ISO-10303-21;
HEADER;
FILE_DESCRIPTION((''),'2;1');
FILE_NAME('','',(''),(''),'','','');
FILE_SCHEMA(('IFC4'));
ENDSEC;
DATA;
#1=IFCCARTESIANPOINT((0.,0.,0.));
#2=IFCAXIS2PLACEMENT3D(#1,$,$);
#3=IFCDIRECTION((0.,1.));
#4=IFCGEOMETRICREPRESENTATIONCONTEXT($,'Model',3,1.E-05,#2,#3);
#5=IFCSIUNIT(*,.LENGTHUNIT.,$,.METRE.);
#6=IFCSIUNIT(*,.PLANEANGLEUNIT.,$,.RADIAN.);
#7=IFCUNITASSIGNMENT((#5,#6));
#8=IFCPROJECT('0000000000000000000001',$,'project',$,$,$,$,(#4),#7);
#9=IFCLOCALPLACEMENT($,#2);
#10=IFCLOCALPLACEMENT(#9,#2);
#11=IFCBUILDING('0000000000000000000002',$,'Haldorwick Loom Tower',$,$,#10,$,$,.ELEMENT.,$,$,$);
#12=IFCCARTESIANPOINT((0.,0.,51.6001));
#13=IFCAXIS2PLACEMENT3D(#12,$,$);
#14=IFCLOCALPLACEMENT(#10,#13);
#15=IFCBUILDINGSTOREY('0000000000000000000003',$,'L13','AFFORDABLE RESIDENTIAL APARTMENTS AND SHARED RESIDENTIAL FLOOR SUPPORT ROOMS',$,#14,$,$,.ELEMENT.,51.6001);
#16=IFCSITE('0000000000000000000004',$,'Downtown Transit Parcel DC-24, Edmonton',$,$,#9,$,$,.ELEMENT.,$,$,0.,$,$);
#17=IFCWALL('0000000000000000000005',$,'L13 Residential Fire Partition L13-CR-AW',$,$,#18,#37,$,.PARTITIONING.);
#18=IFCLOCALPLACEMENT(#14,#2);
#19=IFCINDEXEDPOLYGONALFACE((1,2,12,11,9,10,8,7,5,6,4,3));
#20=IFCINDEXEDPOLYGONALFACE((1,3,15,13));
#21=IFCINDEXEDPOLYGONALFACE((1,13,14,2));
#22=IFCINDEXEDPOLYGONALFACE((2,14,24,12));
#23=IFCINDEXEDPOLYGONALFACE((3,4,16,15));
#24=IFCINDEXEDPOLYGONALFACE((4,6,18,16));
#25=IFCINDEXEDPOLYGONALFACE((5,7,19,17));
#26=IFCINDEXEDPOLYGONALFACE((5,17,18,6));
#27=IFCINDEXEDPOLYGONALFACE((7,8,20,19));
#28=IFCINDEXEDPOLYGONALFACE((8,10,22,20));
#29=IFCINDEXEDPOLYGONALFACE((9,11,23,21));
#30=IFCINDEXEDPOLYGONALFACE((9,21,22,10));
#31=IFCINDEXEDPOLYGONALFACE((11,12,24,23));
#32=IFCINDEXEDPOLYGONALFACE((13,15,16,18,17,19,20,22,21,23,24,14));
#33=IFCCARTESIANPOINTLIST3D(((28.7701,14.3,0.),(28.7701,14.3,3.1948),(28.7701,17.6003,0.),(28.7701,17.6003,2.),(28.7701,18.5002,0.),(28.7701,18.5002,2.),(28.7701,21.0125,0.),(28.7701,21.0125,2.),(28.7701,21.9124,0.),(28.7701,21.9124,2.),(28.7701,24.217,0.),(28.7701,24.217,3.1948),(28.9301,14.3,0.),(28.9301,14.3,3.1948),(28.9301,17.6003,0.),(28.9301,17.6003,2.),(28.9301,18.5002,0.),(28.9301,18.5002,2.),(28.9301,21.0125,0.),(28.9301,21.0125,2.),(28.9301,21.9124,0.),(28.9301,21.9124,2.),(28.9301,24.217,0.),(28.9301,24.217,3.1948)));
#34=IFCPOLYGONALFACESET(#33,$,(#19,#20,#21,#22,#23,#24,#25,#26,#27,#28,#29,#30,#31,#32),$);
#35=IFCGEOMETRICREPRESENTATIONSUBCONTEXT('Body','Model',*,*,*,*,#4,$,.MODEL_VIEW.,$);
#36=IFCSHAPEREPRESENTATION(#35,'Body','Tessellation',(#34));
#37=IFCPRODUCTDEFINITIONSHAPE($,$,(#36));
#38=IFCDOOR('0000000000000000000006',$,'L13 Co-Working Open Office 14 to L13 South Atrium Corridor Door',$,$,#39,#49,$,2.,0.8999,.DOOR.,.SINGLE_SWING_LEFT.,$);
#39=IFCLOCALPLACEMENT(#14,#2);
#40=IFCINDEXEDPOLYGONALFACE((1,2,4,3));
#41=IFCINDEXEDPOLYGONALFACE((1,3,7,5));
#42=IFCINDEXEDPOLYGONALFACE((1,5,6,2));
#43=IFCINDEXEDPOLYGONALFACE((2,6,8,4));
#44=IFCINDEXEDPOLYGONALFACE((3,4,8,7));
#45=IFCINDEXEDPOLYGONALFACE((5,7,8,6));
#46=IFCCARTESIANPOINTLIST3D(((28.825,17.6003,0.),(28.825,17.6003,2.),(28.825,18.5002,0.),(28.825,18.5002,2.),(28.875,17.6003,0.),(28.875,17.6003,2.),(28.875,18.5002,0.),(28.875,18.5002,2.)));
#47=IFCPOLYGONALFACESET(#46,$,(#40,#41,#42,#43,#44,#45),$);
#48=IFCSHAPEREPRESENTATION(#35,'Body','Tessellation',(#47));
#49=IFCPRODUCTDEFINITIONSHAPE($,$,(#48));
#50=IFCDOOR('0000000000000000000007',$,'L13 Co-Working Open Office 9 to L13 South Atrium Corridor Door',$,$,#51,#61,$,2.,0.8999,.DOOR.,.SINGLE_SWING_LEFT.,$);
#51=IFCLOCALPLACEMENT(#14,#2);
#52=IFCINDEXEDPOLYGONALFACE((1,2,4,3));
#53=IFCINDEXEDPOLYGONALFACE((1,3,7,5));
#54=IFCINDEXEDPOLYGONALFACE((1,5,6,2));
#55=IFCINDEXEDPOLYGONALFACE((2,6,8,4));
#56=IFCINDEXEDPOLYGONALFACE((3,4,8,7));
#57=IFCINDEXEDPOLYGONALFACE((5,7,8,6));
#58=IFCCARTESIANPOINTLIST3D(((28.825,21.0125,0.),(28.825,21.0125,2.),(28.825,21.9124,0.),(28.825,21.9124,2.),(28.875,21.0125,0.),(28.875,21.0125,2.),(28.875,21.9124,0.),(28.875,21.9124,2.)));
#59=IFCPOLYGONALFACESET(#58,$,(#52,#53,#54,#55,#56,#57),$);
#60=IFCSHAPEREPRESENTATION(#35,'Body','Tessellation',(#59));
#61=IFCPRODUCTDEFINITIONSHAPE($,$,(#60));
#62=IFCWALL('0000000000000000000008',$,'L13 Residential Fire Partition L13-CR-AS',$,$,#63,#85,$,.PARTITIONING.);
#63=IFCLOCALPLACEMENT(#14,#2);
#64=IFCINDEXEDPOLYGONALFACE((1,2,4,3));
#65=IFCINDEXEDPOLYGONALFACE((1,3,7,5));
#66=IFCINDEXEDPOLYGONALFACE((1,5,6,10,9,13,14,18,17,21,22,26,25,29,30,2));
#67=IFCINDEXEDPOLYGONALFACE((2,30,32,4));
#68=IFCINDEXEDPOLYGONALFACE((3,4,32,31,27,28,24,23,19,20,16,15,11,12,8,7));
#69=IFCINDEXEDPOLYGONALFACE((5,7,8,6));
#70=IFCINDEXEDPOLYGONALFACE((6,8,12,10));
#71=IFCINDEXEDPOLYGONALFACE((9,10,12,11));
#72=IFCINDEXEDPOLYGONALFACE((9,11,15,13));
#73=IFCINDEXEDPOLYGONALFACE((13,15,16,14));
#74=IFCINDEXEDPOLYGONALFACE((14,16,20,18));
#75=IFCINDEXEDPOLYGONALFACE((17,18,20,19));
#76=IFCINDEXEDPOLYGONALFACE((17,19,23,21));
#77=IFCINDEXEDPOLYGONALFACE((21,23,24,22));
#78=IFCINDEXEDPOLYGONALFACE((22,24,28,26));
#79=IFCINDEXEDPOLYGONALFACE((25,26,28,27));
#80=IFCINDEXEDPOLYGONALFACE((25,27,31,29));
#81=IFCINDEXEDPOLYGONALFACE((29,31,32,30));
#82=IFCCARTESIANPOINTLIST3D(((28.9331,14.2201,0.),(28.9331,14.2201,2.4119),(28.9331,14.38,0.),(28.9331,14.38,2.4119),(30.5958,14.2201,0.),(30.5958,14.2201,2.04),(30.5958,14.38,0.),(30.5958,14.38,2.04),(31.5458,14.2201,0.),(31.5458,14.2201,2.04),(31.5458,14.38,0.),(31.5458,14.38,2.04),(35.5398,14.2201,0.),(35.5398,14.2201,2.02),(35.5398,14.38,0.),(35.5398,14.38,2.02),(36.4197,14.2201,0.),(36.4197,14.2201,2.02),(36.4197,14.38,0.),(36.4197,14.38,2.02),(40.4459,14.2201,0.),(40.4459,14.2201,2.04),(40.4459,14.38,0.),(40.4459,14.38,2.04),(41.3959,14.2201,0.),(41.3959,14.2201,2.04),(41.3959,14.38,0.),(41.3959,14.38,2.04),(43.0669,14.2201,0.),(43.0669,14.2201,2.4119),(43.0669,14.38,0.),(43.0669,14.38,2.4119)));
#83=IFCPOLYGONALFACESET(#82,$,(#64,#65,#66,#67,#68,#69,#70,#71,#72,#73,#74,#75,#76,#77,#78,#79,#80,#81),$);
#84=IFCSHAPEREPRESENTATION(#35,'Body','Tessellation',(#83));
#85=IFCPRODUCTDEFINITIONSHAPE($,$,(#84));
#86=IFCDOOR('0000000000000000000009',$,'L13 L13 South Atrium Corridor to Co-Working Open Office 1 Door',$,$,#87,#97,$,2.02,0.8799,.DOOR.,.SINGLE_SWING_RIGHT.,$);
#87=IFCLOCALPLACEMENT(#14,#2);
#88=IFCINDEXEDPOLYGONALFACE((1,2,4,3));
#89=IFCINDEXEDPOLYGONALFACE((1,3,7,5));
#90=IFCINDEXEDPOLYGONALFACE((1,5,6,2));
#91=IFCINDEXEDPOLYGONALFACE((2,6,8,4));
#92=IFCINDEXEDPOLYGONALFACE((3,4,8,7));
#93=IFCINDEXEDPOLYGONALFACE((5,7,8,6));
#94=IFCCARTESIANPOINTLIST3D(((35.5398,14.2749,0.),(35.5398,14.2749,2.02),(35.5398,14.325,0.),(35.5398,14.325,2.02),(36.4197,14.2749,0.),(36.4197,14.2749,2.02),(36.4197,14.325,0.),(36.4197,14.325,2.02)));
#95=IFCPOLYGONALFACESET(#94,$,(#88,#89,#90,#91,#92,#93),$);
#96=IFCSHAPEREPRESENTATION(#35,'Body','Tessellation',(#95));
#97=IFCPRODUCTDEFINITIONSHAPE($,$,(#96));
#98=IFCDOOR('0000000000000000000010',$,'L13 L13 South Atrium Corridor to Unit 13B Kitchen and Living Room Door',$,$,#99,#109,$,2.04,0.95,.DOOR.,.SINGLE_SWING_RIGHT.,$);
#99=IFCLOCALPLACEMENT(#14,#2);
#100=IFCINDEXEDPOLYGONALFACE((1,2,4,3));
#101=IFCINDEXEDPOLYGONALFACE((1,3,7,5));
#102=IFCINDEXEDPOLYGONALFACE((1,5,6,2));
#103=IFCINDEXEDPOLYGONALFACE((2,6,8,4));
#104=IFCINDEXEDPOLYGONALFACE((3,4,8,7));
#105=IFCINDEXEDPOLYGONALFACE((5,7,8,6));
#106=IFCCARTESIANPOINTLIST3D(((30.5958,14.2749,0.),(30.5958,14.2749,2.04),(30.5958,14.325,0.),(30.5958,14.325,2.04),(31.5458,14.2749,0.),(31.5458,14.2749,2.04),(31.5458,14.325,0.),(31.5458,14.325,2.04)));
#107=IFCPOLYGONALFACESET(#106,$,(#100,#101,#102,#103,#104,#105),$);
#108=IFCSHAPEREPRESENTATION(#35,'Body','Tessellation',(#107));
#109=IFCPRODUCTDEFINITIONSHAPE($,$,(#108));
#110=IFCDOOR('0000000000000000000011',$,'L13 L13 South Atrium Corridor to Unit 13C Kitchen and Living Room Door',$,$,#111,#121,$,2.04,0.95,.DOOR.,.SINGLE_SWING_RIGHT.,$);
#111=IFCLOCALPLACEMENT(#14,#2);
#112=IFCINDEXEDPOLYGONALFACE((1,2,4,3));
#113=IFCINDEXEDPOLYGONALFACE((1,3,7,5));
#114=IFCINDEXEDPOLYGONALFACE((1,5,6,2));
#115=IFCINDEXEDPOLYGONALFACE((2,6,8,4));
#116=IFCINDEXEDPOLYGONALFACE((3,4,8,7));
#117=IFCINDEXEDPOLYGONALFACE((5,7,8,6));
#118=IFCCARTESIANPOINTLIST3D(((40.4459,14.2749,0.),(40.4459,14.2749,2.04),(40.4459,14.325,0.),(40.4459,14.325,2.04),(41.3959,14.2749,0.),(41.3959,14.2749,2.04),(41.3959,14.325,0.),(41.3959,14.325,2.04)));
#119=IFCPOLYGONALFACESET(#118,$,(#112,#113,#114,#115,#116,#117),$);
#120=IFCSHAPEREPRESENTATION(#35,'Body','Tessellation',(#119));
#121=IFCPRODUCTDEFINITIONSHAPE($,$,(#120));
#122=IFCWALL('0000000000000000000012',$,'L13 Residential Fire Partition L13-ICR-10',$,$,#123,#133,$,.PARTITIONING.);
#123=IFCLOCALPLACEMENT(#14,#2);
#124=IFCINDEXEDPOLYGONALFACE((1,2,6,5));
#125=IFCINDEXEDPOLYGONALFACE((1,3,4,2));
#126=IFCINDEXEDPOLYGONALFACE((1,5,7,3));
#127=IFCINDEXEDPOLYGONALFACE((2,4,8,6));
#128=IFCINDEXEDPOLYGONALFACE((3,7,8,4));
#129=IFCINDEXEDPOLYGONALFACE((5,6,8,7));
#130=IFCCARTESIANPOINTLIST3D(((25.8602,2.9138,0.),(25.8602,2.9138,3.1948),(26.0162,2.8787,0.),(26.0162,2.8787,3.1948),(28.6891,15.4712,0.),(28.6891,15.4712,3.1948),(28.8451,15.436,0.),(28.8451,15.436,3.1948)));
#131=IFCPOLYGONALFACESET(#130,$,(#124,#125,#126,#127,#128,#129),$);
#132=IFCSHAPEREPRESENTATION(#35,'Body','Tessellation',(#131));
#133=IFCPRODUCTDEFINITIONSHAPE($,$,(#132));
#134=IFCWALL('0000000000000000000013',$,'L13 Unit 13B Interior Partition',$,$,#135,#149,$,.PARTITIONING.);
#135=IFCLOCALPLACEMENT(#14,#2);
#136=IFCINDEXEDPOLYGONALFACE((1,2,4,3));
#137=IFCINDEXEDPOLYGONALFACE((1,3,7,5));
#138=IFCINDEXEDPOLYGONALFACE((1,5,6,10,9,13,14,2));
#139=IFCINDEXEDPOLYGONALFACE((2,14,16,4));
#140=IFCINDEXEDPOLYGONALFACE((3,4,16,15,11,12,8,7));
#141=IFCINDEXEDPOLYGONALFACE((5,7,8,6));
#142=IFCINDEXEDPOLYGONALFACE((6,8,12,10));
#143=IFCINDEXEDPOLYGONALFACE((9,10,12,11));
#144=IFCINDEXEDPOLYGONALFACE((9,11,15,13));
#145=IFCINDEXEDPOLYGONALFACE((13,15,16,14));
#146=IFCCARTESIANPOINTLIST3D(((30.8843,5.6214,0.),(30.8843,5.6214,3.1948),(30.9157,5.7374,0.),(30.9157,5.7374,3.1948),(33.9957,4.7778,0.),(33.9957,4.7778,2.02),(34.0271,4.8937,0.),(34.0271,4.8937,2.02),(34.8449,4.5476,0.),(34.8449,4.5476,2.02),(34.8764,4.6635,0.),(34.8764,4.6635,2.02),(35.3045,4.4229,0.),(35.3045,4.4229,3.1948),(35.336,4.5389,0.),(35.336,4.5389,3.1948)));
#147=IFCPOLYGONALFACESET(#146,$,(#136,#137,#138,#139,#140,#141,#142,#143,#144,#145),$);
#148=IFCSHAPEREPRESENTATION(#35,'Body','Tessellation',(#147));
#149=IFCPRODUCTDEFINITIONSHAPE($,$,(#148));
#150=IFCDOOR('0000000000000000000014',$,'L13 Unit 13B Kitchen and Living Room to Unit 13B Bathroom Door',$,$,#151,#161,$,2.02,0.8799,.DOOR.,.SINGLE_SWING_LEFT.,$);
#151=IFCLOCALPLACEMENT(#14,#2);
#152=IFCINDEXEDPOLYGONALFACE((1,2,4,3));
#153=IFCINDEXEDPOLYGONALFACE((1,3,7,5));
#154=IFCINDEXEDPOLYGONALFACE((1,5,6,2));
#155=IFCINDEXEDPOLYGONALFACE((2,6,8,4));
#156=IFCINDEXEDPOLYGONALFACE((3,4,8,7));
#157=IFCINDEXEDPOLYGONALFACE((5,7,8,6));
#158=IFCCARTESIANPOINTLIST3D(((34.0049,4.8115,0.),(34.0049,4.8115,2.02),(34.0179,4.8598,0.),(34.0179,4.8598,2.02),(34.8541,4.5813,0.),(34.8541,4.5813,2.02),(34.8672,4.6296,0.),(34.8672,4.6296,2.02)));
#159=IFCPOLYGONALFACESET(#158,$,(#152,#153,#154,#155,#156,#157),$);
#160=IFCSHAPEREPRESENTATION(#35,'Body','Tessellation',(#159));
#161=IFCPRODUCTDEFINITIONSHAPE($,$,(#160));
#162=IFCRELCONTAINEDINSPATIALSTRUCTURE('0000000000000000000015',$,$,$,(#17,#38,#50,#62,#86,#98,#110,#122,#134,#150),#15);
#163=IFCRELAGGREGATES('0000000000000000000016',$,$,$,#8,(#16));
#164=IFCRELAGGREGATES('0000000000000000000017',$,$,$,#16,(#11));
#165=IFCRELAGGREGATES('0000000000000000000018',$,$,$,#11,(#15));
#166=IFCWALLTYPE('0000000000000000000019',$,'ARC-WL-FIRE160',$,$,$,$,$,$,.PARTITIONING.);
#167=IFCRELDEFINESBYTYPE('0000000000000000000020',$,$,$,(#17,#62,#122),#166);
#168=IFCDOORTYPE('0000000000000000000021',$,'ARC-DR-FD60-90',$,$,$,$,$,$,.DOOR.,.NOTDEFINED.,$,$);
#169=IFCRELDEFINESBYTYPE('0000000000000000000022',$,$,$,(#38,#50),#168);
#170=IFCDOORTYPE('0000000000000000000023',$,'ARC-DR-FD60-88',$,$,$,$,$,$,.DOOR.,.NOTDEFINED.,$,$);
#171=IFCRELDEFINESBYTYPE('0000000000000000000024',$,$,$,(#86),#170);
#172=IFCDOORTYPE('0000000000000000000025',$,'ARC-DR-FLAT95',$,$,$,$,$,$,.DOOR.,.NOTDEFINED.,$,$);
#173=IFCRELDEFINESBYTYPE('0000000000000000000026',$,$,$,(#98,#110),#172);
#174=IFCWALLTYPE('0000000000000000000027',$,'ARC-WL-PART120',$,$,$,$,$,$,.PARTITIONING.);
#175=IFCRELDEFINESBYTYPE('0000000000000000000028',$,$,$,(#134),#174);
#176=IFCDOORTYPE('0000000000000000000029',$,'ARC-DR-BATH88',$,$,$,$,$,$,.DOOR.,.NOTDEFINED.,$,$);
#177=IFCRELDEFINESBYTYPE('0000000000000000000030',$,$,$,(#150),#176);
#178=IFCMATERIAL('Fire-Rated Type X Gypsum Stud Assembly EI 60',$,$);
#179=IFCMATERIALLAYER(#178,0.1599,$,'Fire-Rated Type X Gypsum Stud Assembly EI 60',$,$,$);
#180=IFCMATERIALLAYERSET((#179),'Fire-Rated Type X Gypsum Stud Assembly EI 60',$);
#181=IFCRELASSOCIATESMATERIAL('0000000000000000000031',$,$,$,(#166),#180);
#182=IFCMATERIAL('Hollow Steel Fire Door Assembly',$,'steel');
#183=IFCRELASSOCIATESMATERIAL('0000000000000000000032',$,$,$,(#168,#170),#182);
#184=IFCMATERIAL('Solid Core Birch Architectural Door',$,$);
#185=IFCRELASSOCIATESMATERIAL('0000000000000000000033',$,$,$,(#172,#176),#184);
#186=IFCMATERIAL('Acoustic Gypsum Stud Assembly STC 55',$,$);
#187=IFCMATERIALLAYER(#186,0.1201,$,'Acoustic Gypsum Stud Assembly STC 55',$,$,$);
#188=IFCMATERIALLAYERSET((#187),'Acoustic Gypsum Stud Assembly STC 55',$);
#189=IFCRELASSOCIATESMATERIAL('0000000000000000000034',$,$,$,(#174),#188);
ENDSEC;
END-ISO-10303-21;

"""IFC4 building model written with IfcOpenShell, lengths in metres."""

from ifc_helpers import new_model, si_unit, direction, frame, frame_2d, origin, place, context, subcontext, project, spatial, rectangle, extrude, material, layer, layer_set, type_object, element, fill, save


model = new_model("IFC4")

# Units and contexts
model_context = context("Model", 3, precision=1e-05, world=origin(), true_north=direction((0.0, 1.0)))
body_context = subcontext(model_context, "Body", "Model", "MODEL_VIEW")
ifc_project = project(units=[si_unit("LENGTHUNIT", "METRE"), si_unit("PLANEANGLEUNIT", "RADIAN")], contexts=[model_context])

# Site, building, storey
site_placement = place(None, origin())
site = spatial("IfcSite", under=ifc_project, at=site_placement, Name="Downtown Transit Parcel DC-24, Edmonton", CompositionType="ELEMENT", RefElevation=0.0)
building_placement = place(site_placement, origin())
building = spatial("IfcBuilding", under=site, at=building_placement, Name="Haldorwick Loom Tower", CompositionType="ELEMENT")
storey_placement = place(building_placement, frame((0.0, 0.0, 51.6001)))
storey = spatial("IfcBuildingStorey", under=building, at=storey_placement, Name="L13", Description="AFFORDABLE RESIDENTIAL APARTMENTS AND SHARED RESIDENTIAL FLOOR SUPPORT ROOMS", CompositionType="ELEMENT", Elevation=51.6001)

# Walls, openings, doors
ifc_material_1 = material(Name="Fire-Rated Type X Gypsum Stud Assembly EI 60")
ifc_layer_1 = layer(ifc_material_1, 0.1599, Name="Fire-Rated Type X Gypsum Stud Assembly EI 60")
ifc_layer_set_1 = layer_set([ifc_layer_1], Name="Fire-Rated Type X Gypsum Stud Assembly EI 60")
wall_type_1 = type_object("IfcWallType", Name="ARC-WL-FIRE160", PredefinedType="PARTITIONING", material=ifc_layer_set_1)
wall_1_placement = place(storey_placement, frame((28.8501, 14.3, 0.0), z_axis=(0.0, 0.0, 1.0), x_axis=(0.0, 1.0, 0.0)))
wall_1 = element("IfcWall", 1, at=wall_1_placement, inside=storey, type_object=wall_type_1, Name="L13 Residential Fire Partition L13-CR-AW", PredefinedType="PARTITIONING", context=body_context, shape_type="SweptSolid", body=[
    extrude(rectangle(XDim=9.917, YDim=0.1599, at=frame_2d((4.9585, 0.0))), origin(), (0.0, 0.0, 1.0), 3.1948),
])
opening_1_placement = place(wall_1_placement, frame((3.3003, 0.0, 0.0)))
opening_1 = element("IfcOpeningElement", 2, at=opening_1_placement, cuts=wall_1, PredefinedType="OPENING", context=body_context, shape_type="SweptSolid", body=[
    extrude(rectangle(XDim=0.8999, YDim=2.0, at=frame_2d((0.45, 1.0))), frame((0.0, 0.0898, 0.0), z_axis=(0.0, -1.0, 0.0), x_axis=(1.0, 0.0, 0.0)), (0.0, 0.0, 1.0), 0.1799),
])
opening_2_placement = place(wall_1_placement, frame((6.7124, 0.0, 0.0)))
opening_2 = element("IfcOpeningElement", 3, at=opening_2_placement, cuts=wall_1, PredefinedType="OPENING", context=body_context, shape_type="SweptSolid", body=[
    extrude(rectangle(XDim=0.8999, YDim=2.0, at=frame_2d((0.45, 1.0))), frame((0.0, 0.0898, 0.0), z_axis=(0.0, -1.0, 0.0), x_axis=(1.0, 0.0, 0.0)), (0.0, 0.0, 1.0), 0.1799),
])
ifc_material_2 = material(Name="Hollow Steel Fire Door Assembly", Category="steel")
door_type_1 = type_object("IfcDoorType", Name="ARC-DR-FD60-90", OperationType="NOTDEFINED", PredefinedType="DOOR", material=ifc_material_2)
door_1_placement = place(opening_1_placement, frame((0.8999, 0.0, 0.0), z_axis=(0.0, 0.0, 1.0), x_axis=(-1.0, 0.0, 0.0)))
door_1 = element("IfcDoor", 4, at=door_1_placement, inside=storey, type_object=door_type_1, Name="L13 Co-Working Open Office 14 to L13 South Atrium Corridor Door", OperationType="SINGLE_SWING_LEFT", OverallHeight=2.0, OverallWidth=0.8999, PredefinedType="DOOR", context=body_context, shape_type="SweptSolid", body=[
    extrude(rectangle(XDim=0.8999, YDim=2.0, at=frame_2d((0.45, 1.0))), frame((0.0, 0.0249, 0.0), z_axis=(0.0, -1.0, 0.0), x_axis=(1.0, 0.0, 0.0)), (0.0, 0.0, 1.0), 0.05),
])
fill(opening_1, door_1)
door_2_placement = place(opening_2_placement, frame((0.8999, 0.0, 0.0), z_axis=(0.0, 0.0, 1.0), x_axis=(-1.0, 0.0, 0.0)))
door_2 = element("IfcDoor", 5, at=door_2_placement, inside=storey, type_object=door_type_1, Name="L13 Co-Working Open Office 9 to L13 South Atrium Corridor Door", OperationType="SINGLE_SWING_LEFT", OverallHeight=2.0, OverallWidth=0.8999, PredefinedType="DOOR", context=body_context, shape_type="SweptSolid", body=[
    extrude(rectangle(XDim=0.8999, YDim=2.0, at=frame_2d((0.45, 1.0))), frame((0.0, 0.0249, 0.0), z_axis=(0.0, -1.0, 0.0), x_axis=(1.0, 0.0, 0.0)), (0.0, 0.0, 1.0), 0.05),
])
fill(opening_2, door_2)
wall_2_placement = place(storey_placement, frame((28.9331, 14.3, 0.0), z_axis=(0.0, 0.0, 1.0), x_axis=(1.0, 0.0, 0.0)))
wall_2 = element("IfcWall", 6, at=wall_2_placement, inside=storey, type_object=wall_type_1, Name="L13 Residential Fire Partition L13-CR-AS", PredefinedType="PARTITIONING", context=body_context, shape_type="SweptSolid", body=[
    extrude(rectangle(XDim=14.1338, YDim=0.1599, at=frame_2d((7.0669, 0.0))), origin(), (0.0, 0.0, 1.0), 2.4119),
])
opening_3_placement = place(wall_2_placement, frame((6.6067, 0.0, 0.0)))
opening_3 = element("IfcOpeningElement", 7, at=opening_3_placement, cuts=wall_2, PredefinedType="OPENING", context=body_context, shape_type="SweptSolid", body=[
    extrude(rectangle(XDim=0.8799, YDim=2.02, at=frame_2d((0.4399, 1.01))), frame((0.0, 0.0898, 0.0), z_axis=(0.0, -1.0, 0.0), x_axis=(1.0, 0.0, 0.0)), (0.0, 0.0, 1.0), 0.1799),
])
opening_4_placement = place(wall_2_placement, frame((1.6626, 0.0, 0.0)))
opening_4 = element("IfcOpeningElement", 8, at=opening_4_placement, cuts=wall_2, PredefinedType="OPENING", context=body_context, shape_type="SweptSolid", body=[
    extrude(rectangle(XDim=0.95, YDim=2.04, at=frame_2d((0.4751, 1.02))), frame((0.0, 0.0898, 0.0), z_axis=(0.0, -1.0, 0.0), x_axis=(1.0, 0.0, 0.0)), (0.0, 0.0, 1.0), 0.1799),
])
opening_5_placement = place(wall_2_placement, frame((11.5127, 0.0, 0.0)))
opening_5 = element("IfcOpeningElement", 9, at=opening_5_placement, cuts=wall_2, PredefinedType="OPENING", context=body_context, shape_type="SweptSolid", body=[
    extrude(rectangle(XDim=0.95, YDim=2.04, at=frame_2d((0.4751, 1.02))), frame((0.0, 0.0898, 0.0), z_axis=(0.0, -1.0, 0.0), x_axis=(1.0, 0.0, 0.0)), (0.0, 0.0, 1.0), 0.1799),
])
door_type_2 = type_object("IfcDoorType", Name="ARC-DR-FD60-88", OperationType="NOTDEFINED", PredefinedType="DOOR", material=ifc_material_2)
door_3_placement = place(opening_3_placement, origin())
door_3 = element("IfcDoor", 10, at=door_3_placement, inside=storey, type_object=door_type_2, Name="L13 L13 South Atrium Corridor to Co-Working Open Office 1 Door", OperationType="SINGLE_SWING_RIGHT", OverallHeight=2.02, OverallWidth=0.8799, PredefinedType="DOOR", context=body_context, shape_type="SweptSolid", body=[
    extrude(rectangle(XDim=0.8799, YDim=2.02, at=frame_2d((0.4399, 1.01))), frame((0.0, 0.0249, 0.0), z_axis=(0.0, -1.0, 0.0), x_axis=(1.0, 0.0, 0.0)), (0.0, 0.0, 1.0), 0.05),
])
fill(opening_3, door_3)
ifc_material_3 = material(Name="Solid Core Birch Architectural Door")
door_type_3 = type_object("IfcDoorType", Name="ARC-DR-FLAT95", OperationType="NOTDEFINED", PredefinedType="DOOR", material=ifc_material_3)
door_4_placement = place(opening_4_placement, origin())
door_4 = element("IfcDoor", 11, at=door_4_placement, inside=storey, type_object=door_type_3, Name="L13 L13 South Atrium Corridor to Unit 13B Kitchen and Living Room Door", OperationType="SINGLE_SWING_RIGHT", OverallHeight=2.04, OverallWidth=0.95, PredefinedType="DOOR", context=body_context, shape_type="SweptSolid", body=[
    extrude(rectangle(XDim=0.95, YDim=2.04, at=frame_2d((0.4751, 1.02))), frame((0.0, 0.0249, 0.0), z_axis=(0.0, -1.0, 0.0), x_axis=(1.0, 0.0, 0.0)), (0.0, 0.0, 1.0), 0.05),
])
fill(opening_4, door_4)
door_5_placement = place(opening_5_placement, origin())
door_5 = element("IfcDoor", 12, at=door_5_placement, inside=storey, type_object=door_type_3, Name="L13 L13 South Atrium Corridor to Unit 13C Kitchen and Living Room Door", OperationType="SINGLE_SWING_RIGHT", OverallHeight=2.04, OverallWidth=0.95, PredefinedType="DOOR", context=body_context, shape_type="SweptSolid", body=[
    extrude(rectangle(XDim=0.95, YDim=2.04, at=frame_2d((0.4751, 1.02))), frame((0.0, 0.0249, 0.0), z_axis=(0.0, -1.0, 0.0), x_axis=(1.0, 0.0, 0.0)), (0.0, 0.0, 1.0), 0.05),
])
fill(opening_5, door_5)

# Wall
wall_3_placement = place(storey_placement, frame((28.7671, 15.4536, 0.0), z_axis=(0.0, 0.0, 1.0), x_axis=(-0.219767, -0.975552, 0.0)))
element("IfcWall", 13, at=wall_3_placement, inside=storey, type_object=wall_type_1, Name="L13 Residential Fire Partition L13-ICR-10", PredefinedType="PARTITIONING", context=body_context, shape_type="SweptSolid", body=[
    extrude(rectangle(XDim=12.8721, YDim=0.1599, at=frame_2d((6.436, 0.0))), origin(), (0.0, 0.0, 1.0), 3.1948),
])

# Wall, opening, door
ifc_material_4 = material(Name="Acoustic Gypsum Stud Assembly STC 55")
ifc_layer_2 = layer(ifc_material_4, 0.1201, Name="Acoustic Gypsum Stud Assembly STC 55")
ifc_layer_set_2 = layer_set([ifc_layer_2], Name="Acoustic Gypsum Stud Assembly STC 55")
wall_type_2 = type_object("IfcWallType", Name="ARC-WL-PART120", PredefinedType="PARTITIONING", material=ifc_layer_set_2)
wall_4_placement = place(storey_placement, frame((30.8999, 5.6794, 0.0), z_axis=(0.0, 0.0, 1.0), x_axis=(0.965152, -0.261692, 0.0)))
wall_4 = element("IfcWall", 14, at=wall_4_placement, inside=storey, type_object=wall_type_2, Name="L13 Unit 13B Interior Partition", PredefinedType="PARTITIONING", context=body_context, shape_type="SweptSolid", body=[
    extrude(rectangle(XDim=4.5798, YDim=0.1201, at=frame_2d((2.29, 0.0))), origin(), (0.0, 0.0, 1.0), 3.1948),
])
opening_6_placement = place(wall_4_placement, frame((3.2239, 0.0, 0.0)))
opening_6 = element("IfcOpeningElement", 15, at=opening_6_placement, cuts=wall_4, PredefinedType="OPENING", context=body_context, shape_type="SweptSolid", body=[
    extrude(rectangle(XDim=0.8799, YDim=2.02, at=frame_2d((0.4399, 1.01))), frame((0.0, 0.0701, 0.0), z_axis=(0.0, -1.0, 0.0), x_axis=(1.0, 0.0, 0.0)), (0.0, 0.0, 1.0), 0.1401),
])
door_type_4 = type_object("IfcDoorType", Name="ARC-DR-BATH88", OperationType="NOTDEFINED", PredefinedType="DOOR", material=ifc_material_3)
door_6_placement = place(opening_6_placement, origin())
door_6 = element("IfcDoor", 16, at=door_6_placement, inside=storey, type_object=door_type_4, Name="L13 Unit 13B Kitchen and Living Room to Unit 13B Bathroom Door", OperationType="SINGLE_SWING_LEFT", OverallHeight=2.02, OverallWidth=0.8799, PredefinedType="DOOR", context=body_context, shape_type="SweptSolid", body=[
    extrude(rectangle(XDim=0.8799, YDim=2.02, at=frame_2d((0.4399, 1.01))), frame((0.0, 0.0249, 0.0), z_axis=(0.0, -1.0, 0.0), x_axis=(1.0, 0.0, 0.0)), (0.0, 0.0, 1.0), 0.05),
])
fill(opening_6, door_6)

save(model, "model.ifc")
